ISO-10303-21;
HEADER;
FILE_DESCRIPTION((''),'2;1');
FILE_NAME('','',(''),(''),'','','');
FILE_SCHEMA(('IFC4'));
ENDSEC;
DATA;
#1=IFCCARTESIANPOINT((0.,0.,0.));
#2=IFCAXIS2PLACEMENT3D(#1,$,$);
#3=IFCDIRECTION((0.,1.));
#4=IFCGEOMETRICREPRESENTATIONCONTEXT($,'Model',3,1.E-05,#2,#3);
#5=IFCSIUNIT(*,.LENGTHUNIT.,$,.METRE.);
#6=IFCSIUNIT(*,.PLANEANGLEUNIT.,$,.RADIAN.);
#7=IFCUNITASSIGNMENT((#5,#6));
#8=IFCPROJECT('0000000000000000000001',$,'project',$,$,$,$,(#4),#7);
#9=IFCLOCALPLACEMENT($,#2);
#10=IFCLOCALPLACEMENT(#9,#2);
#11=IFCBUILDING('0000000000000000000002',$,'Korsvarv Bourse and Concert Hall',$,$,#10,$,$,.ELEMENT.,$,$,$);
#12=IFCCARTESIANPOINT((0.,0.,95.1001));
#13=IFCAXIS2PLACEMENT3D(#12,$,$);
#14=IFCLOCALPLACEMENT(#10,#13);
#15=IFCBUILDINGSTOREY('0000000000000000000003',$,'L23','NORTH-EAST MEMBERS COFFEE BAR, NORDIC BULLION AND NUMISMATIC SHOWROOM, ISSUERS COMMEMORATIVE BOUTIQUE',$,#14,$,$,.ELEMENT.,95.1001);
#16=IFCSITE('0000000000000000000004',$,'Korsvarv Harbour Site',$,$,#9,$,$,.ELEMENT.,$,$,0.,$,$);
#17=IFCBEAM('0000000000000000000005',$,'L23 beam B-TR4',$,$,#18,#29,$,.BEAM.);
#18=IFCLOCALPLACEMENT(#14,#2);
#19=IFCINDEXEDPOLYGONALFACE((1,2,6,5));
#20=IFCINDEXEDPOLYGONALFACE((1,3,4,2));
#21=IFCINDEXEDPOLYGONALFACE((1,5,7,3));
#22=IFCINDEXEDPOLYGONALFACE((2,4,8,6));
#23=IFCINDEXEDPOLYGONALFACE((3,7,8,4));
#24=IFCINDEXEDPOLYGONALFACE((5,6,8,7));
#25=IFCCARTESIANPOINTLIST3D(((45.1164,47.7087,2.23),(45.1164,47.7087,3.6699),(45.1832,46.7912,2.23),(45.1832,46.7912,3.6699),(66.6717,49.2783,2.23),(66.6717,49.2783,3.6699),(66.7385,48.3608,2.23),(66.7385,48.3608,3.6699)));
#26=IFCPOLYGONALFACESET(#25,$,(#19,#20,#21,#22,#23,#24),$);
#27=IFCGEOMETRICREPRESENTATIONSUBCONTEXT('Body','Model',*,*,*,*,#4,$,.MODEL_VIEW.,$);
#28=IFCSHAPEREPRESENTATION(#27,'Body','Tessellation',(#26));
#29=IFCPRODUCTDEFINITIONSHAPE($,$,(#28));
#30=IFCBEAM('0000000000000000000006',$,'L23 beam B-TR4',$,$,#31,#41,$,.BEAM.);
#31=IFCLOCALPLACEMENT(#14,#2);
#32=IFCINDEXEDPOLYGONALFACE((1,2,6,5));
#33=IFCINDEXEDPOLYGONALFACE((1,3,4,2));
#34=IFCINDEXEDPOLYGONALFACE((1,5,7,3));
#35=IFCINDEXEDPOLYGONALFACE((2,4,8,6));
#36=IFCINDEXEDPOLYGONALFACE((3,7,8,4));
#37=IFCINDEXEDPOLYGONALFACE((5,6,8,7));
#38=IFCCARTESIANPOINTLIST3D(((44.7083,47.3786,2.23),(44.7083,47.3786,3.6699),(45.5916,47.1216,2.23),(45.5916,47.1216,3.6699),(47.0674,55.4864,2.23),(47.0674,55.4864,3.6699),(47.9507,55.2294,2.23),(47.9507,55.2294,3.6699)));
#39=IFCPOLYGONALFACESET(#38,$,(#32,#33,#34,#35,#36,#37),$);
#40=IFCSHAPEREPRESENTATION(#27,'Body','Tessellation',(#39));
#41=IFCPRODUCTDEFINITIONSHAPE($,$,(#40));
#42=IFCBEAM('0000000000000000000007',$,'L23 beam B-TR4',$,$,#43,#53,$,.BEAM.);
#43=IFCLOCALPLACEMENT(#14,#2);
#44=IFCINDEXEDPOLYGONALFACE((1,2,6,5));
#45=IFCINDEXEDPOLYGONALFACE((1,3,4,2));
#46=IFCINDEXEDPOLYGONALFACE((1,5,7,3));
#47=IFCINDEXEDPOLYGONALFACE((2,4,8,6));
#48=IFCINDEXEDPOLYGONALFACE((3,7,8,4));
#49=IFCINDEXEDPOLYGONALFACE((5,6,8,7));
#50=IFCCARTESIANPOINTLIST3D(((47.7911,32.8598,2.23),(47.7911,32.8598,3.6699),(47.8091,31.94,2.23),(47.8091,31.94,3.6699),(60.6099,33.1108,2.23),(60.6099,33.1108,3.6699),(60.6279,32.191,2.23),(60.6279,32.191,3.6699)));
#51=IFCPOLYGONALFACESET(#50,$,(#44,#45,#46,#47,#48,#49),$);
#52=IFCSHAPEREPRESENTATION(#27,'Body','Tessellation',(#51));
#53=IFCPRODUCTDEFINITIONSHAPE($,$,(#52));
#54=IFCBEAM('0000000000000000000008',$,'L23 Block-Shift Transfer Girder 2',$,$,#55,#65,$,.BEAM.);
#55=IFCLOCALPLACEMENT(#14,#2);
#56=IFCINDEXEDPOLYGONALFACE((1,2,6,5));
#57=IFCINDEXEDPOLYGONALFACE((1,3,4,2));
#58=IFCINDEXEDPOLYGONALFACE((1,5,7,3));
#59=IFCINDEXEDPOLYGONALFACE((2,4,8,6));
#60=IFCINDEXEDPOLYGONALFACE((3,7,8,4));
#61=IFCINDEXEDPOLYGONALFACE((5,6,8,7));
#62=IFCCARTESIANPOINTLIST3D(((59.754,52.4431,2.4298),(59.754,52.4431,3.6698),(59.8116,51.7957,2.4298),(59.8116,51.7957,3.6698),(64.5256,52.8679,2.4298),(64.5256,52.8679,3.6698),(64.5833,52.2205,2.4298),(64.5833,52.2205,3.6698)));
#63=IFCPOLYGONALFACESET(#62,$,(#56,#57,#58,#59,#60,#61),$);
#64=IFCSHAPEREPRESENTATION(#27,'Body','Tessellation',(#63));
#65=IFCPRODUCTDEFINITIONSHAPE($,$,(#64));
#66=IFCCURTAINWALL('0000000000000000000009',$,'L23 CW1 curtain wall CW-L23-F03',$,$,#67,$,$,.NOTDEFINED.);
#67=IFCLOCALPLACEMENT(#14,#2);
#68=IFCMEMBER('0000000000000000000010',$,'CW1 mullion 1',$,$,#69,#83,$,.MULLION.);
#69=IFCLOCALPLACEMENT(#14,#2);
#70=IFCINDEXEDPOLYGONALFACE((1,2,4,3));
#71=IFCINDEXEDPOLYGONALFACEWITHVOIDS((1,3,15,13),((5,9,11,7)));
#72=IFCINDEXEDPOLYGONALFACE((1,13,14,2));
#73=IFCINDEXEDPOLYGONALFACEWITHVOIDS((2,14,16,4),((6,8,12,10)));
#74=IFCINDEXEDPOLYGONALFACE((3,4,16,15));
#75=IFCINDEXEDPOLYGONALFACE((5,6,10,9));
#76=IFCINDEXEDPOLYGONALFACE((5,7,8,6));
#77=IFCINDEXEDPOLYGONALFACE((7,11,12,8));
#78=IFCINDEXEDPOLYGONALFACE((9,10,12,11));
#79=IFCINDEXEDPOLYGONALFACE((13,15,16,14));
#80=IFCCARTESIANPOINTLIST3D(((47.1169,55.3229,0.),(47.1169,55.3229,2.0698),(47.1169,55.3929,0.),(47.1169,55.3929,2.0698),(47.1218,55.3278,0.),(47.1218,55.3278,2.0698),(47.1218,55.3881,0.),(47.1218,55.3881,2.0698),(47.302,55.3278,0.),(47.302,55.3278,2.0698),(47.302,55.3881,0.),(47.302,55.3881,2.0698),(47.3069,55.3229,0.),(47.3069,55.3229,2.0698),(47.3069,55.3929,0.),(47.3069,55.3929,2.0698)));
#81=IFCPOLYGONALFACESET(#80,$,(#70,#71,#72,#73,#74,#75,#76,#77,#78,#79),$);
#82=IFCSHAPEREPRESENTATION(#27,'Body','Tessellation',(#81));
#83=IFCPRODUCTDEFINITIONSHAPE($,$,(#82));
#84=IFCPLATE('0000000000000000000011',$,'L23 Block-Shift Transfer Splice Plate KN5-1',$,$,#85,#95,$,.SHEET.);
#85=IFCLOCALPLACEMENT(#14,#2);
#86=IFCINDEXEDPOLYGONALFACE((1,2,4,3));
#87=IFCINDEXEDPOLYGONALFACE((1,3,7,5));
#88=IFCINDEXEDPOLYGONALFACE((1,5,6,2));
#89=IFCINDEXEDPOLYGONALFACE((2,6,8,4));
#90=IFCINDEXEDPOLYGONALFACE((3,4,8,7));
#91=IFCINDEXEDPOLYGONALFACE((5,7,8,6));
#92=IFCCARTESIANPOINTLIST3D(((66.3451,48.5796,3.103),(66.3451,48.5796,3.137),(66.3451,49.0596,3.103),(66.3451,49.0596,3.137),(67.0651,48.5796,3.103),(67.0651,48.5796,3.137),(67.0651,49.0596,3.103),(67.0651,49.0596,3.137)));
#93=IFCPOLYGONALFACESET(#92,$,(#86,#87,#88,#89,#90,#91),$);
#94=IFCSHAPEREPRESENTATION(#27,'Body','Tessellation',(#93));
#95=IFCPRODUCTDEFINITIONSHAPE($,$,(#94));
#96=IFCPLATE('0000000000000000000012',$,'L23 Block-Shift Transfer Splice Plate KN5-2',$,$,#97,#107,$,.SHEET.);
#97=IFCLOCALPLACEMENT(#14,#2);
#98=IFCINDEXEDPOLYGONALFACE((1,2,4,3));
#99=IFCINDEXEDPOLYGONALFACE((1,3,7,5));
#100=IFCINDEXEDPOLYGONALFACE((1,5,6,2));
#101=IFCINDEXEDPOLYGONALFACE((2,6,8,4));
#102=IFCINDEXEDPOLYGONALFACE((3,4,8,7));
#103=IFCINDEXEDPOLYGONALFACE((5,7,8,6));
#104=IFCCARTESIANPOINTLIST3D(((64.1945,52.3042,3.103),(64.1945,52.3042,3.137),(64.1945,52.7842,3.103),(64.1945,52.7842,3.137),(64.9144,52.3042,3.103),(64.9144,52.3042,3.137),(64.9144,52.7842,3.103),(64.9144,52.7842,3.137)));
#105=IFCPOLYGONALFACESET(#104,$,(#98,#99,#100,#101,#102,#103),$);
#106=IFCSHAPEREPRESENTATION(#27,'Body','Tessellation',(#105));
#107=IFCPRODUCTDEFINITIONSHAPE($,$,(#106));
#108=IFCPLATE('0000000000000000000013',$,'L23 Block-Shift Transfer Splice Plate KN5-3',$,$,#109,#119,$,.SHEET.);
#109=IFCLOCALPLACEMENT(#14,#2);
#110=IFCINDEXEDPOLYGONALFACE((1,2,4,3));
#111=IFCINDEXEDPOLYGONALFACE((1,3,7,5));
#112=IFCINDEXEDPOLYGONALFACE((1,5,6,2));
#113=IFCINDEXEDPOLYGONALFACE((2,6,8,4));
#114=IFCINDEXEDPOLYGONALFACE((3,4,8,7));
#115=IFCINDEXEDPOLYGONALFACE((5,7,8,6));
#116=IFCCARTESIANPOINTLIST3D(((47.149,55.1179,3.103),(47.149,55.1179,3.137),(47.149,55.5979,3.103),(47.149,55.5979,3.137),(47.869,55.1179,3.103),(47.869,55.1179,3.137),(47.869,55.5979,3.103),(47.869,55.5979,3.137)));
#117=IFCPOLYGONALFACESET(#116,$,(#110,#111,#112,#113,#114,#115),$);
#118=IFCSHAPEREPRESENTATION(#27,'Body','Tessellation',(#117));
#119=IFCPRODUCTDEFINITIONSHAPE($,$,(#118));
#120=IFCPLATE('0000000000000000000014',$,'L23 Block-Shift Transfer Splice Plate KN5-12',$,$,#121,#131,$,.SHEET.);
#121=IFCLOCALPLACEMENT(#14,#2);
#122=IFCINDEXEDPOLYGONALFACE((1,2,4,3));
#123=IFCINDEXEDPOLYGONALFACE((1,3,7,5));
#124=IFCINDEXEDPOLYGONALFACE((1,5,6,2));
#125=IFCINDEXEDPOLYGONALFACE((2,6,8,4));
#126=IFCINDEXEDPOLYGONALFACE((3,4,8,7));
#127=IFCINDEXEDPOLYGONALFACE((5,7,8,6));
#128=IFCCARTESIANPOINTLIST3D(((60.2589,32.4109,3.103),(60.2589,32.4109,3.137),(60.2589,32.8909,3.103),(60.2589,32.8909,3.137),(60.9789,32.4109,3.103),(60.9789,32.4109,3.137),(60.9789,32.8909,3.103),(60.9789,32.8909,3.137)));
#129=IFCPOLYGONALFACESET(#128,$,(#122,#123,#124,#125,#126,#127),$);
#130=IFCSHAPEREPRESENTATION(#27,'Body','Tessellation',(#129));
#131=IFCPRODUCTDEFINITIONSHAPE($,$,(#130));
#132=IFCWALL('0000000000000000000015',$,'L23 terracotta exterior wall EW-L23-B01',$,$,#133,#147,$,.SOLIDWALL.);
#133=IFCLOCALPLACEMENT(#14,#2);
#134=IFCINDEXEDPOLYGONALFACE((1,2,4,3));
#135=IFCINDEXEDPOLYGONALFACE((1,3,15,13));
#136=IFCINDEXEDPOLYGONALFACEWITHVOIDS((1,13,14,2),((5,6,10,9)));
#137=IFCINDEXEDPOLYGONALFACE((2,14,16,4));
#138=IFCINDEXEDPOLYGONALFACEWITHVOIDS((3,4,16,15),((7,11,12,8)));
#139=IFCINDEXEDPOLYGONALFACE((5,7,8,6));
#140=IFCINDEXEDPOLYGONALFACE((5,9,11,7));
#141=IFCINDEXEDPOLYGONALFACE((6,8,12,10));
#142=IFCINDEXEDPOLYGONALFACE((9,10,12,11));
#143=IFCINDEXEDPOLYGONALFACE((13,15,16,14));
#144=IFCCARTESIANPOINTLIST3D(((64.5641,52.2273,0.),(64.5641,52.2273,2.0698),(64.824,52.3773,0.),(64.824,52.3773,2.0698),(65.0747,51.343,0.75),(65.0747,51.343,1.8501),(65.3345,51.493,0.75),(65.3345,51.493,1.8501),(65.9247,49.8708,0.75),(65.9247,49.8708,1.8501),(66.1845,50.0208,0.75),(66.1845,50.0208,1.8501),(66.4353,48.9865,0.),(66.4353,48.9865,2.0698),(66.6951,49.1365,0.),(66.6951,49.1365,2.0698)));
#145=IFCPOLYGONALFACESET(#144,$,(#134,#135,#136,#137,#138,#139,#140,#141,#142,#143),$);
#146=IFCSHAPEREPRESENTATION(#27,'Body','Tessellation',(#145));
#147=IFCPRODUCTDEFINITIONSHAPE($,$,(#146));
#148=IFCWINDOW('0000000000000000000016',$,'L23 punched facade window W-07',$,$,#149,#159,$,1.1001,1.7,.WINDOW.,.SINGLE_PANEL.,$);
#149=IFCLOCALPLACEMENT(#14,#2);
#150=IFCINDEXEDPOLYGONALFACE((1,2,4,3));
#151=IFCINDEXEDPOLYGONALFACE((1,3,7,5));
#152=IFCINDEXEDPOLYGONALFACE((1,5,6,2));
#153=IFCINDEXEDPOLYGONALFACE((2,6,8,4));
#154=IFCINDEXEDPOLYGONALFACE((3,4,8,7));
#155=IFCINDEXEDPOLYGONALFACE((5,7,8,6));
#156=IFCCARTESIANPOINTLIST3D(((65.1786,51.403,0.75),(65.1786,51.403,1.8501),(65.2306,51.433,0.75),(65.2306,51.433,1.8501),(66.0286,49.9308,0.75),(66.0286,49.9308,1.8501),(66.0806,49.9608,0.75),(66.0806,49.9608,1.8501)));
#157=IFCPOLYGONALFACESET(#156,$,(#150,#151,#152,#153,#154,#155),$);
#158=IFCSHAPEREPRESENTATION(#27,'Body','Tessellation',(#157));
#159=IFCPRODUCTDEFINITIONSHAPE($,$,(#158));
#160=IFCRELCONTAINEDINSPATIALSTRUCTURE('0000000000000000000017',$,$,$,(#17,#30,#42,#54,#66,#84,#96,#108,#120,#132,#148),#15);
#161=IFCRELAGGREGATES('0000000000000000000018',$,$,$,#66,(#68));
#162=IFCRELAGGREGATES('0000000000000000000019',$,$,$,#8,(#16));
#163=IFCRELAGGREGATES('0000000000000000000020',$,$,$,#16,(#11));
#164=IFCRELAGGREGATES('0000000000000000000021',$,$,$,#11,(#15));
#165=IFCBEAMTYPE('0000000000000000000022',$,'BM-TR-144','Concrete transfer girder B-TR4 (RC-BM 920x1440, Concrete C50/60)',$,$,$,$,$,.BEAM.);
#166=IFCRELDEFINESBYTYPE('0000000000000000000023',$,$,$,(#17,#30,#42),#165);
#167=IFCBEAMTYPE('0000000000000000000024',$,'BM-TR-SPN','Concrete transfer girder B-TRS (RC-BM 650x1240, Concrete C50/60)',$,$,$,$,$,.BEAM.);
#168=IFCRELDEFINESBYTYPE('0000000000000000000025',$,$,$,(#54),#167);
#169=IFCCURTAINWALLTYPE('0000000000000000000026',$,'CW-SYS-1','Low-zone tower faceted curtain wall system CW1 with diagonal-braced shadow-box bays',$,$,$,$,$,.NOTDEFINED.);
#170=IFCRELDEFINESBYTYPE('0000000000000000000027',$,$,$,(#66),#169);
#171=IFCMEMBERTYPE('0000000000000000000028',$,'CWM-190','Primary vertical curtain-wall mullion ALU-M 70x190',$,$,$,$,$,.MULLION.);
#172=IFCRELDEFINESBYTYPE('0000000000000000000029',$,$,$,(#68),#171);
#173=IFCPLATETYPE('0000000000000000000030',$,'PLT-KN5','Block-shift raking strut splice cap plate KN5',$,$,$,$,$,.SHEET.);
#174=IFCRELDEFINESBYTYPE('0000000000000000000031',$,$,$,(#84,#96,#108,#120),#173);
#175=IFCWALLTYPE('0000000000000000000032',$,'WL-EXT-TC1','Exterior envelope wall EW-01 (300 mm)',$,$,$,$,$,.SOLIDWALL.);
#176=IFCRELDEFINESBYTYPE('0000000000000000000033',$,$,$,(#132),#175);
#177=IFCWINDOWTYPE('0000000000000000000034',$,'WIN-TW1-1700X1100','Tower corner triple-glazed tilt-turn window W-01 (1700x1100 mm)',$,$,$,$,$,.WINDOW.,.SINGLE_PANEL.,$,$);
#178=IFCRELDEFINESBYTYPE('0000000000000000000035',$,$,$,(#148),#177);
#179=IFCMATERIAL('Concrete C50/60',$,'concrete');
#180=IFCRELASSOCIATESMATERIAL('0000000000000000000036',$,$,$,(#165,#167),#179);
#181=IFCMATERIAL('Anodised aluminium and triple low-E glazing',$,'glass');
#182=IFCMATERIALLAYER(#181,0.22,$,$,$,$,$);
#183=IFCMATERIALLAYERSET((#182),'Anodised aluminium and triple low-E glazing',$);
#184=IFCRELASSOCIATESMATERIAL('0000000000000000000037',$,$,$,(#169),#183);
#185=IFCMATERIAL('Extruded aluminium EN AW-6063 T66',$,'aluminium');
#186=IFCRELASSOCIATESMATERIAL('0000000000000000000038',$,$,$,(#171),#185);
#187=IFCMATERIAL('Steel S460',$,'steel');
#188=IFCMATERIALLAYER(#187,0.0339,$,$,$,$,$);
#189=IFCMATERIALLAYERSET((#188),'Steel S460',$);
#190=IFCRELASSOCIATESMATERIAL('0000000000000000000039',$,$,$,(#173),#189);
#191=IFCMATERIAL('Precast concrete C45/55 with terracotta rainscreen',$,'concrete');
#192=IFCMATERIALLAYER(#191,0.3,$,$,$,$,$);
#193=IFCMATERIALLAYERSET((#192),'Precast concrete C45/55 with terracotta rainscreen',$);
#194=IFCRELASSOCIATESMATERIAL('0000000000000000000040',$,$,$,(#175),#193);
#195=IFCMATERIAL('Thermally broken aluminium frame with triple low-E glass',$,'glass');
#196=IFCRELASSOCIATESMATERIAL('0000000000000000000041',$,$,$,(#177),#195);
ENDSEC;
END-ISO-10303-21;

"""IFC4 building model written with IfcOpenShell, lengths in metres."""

from ifc_helpers import new_model, si_unit, direction, frame, frame_2d, origin, origin_2d, place, context, subcontext, project, spatial, rectangle, hollow_rectangle, extrude, source, transform, mapped, material, layer, layer_set, material_profile, profile_set, type_object, element, fill, aggregate, save


model = new_model("IFC4")

# Units and contexts
model_context = context("Model", 3, precision=1e-05, world=origin(), true_north=direction((0.0, 1.0)))
body_context = subcontext(model_context, "Body", "Model", "MODEL_VIEW")
ifc_project = project(units=[si_unit("LENGTHUNIT", "METRE"), si_unit("PLANEANGLEUNIT", "RADIAN")], contexts=[model_context])

# Site, building, storey
site_placement = place(None, origin())
site = spatial("IfcSite", under=ifc_project, at=site_placement, Name="Korsvarv Harbour Site", CompositionType="ELEMENT", RefElevation=0.0)
building_placement = place(site_placement, origin())
building = spatial("IfcBuilding", under=site, at=building_placement, Name="Korsvarv Bourse and Concert Hall", CompositionType="ELEMENT")
storey_placement = place(building_placement, frame((0.0, 0.0, 95.1001)))
storey = spatial("IfcBuildingStorey", under=building, at=storey_placement, Name="L23", Description="NORTH-EAST MEMBERS COFFEE BAR, NORDIC BULLION AND NUMISMATIC SHOWROOM, ISSUERS COMMEMORATIVE BOUTIQUE", CompositionType="ELEMENT", Elevation=95.1001)

# Shared definitions
ifc_material_1 = material(Name="Steel S460", Category="steel")

# Beams
ifc_material_2 = material(Name="Concrete C50/60", Category="concrete")
ifc_material_profile_1 = material_profile(ifc_material_2, rectangle(XDim=0.9199, YDim=1.4399, at=origin_2d()), Name="RC-BM 920x1440")
ifc_profile_set_1 = profile_set([ifc_material_profile_1], Name="Concrete C50/60")
beam_type_1 = type_object("IfcBeamType", Name="BM-TR-144", Description="Concrete transfer girder B-TR4 (RC-BM 920x1440, Concrete C50/60)", PredefinedType="BEAM", material=ifc_profile_set_1)
shared_shape_1 = source(origin(), body_context, "Body", "SweptSolid", [
    extrude(rectangle(XDim=0.9199, YDim=1.4399, at=origin_2d()), origin(), (0.0, 0.0, 1.0), 21.6123),
])
beam_1_placement = place(storey_placement, frame((66.7051, 48.8196, 2.95), z_axis=(-0.997359, -0.072625, 0.0), x_axis=(0.072625, -0.997359, 0.0)))
element("IfcBeam", 1, at=beam_1_placement, inside=storey, type_object=beam_type_1, Name="L23 beam B-TR4", PredefinedType="BEAM", context=body_context, shape_type="MappedRepresentation", body=[
    mapped(shared_shape_1, transform((0.0, 0.0, 0.0), scale=1.0)),
])
shared_shape_2 = source(origin(), body_context, "Body", "SweptSolid", [
    extrude(rectangle(XDim=0.9199, YDim=1.4399, at=origin_2d()), origin(), (0.0, 0.0, 1.0), 8.4441),
])
beam_2_placement = place(storey_placement, frame((47.509, 55.3579, 2.95), z_axis=(-0.27938, -0.96018, 0.0), x_axis=(0.96018, -0.27938, 0.0)))
element("IfcBeam", 2, at=beam_2_placement, inside=storey, type_object=beam_type_1, Name="L23 beam B-TR4", PredefinedType="BEAM", context=body_context, shape_type="MappedRepresentation", body=[
    mapped(shared_shape_2, transform((0.0, 0.0, 0.0), scale=1.0)),
])
shared_shape_3 = source(origin(), body_context, "Body", "SweptSolid", [
    extrude(rectangle(XDim=0.9199, YDim=1.4399, at=origin_2d()), origin(), (0.0, 0.0, 1.0), 12.8213),
])
beam_3_placement = place(storey_placement, frame((60.6189, 32.6509, 2.95), z_axis=(-0.999808, -0.019575, 0.0), x_axis=(0.019575, -0.999808, 0.0)))
element("IfcBeam", 3, at=beam_3_placement, inside=storey, type_object=beam_type_1, Name="L23 beam B-TR4", PredefinedType="BEAM", context=body_context, shape_type="MappedRepresentation", body=[
    mapped(shared_shape_3, transform((0.0, 0.0, 0.0), scale=1.0)),
])
ifc_material_profile_2 = material_profile(ifc_material_2, rectangle(XDim=0.6499, YDim=1.24, at=origin_2d()), Name="RC-BM 650x1240")
ifc_profile_set_2 = profile_set([ifc_material_profile_2], Name="Concrete C50/60")
beam_type_2 = type_object("IfcBeamType", Name="BM-TR-SPN", Description="Concrete transfer girder B-TRS (RC-BM 650x1240, Concrete C50/60)", PredefinedType="BEAM", material=ifc_profile_set_2)
shared_shape_4 = source(origin(), body_context, "Body", "SweptSolid", [
    extrude(rectangle(XDim=0.6499, YDim=1.24, at=origin_2d()), origin(), (0.0, 0.0, 1.0), 4.7905),
])
beam_4_placement = place(storey_placement, frame((64.5544, 52.5442, 3.0498), z_axis=(-0.996061, -0.088675, 0.0), x_axis=(0.088675, -0.996061, 0.0)))
element("IfcBeam", 4, at=beam_4_placement, inside=storey, type_object=beam_type_2, Name="L23 Block-Shift Transfer Girder 2", PredefinedType="BEAM", context=body_context, shape_type="MappedRepresentation", body=[
    mapped(shared_shape_4, transform((0.0, 0.0, 0.0), scale=1.0)),
])

# Curtain wall, member
ifc_material_3 = material(Name="Anodised aluminium and triple low-E glazing", Category="glass")
ifc_layer_1 = layer(ifc_material_3, 0.22)
ifc_layer_set_1 = layer_set([ifc_layer_1], Name="Anodised aluminium and triple low-E glazing")
curtain_wall_type = type_object("IfcCurtainWallType", Name="CW-SYS-1", Description="Low-zone tower faceted curtain wall system CW1 with diagonal-braced shadow-box bays", PredefinedType="NOTDEFINED", material=ifc_layer_set_1)
curtain_wall_placement = place(storey_placement, origin())
curtain_wall = element("IfcCurtainWall", 5, at=curtain_wall_placement, inside=storey, type_object=curtain_wall_type, Name="L23 CW1 curtain wall CW-L23-F03", PredefinedType="NOTDEFINED")
ifc_material_4 = material(Name="Extruded aluminium EN AW-6063 T66", Category="aluminium")
ifc_material_profile_3 = material_profile(ifc_material_4, hollow_rectangle(XDim=0.0701, YDim=0.1899, WallThickness=0.0049, at=origin_2d()), Name="ALU-M 70x190")
ifc_profile_set_3 = profile_set([ifc_material_profile_3], Name="Extruded aluminium EN AW-6063 T66")
member_type = type_object("IfcMemberType", Name="CWM-190", Description="Primary vertical curtain-wall mullion ALU-M 70x190", PredefinedType="MULLION", material=ifc_profile_set_3)
shared_shape_5 = source(origin(), body_context, "Body", "SweptSolid", [
    extrude(hollow_rectangle(XDim=0.0701, YDim=0.1899, WallThickness=0.0049, at=origin_2d()), origin(), (0.0, 0.0, 1.0), 2.0698),
])
member_placement = place(storey_placement, frame((47.2119, 55.3579, 0.0), z_axis=(0.0, 0.0, 1.0), x_axis=(0.0, -1.0, 0.0)))
member = element("IfcMember", 6, at=member_placement, type_object=member_type, Name="CW1 mullion 1", PredefinedType="MULLION", context=body_context, shape_type="MappedRepresentation", body=[
    mapped(shared_shape_5, transform((0.0, 0.0, 0.0), scale=1.0)),
])
aggregate(curtain_wall, [member])

# Plates
ifc_layer_2 = layer(ifc_material_1, 0.0339)
ifc_layer_set_2 = layer_set([ifc_layer_2], Name="Steel S460")
plate_type = type_object("IfcPlateType", Name="PLT-KN5", Description="Block-shift raking strut splice cap plate KN5", PredefinedType="SHEET", material=ifc_layer_set_2)
shared_shape_6 = source(origin(), body_context, "Body", "SweptSolid", [
    extrude(rectangle(XDim=0.72, YDim=0.48, at=origin_2d()), origin(), (0.0, 0.0, 1.0), 0.0339),
])
for number, where, z_axis, x_axis, name in (
    (7, (66.7051, 48.8196, 3.103), (0.0, 0.0, 1.0), (1.0, 0.0, 0.0), "L23 Block-Shift Transfer Splice Plate KN5-1"),
    (8, (64.5544, 52.5442, 3.103), (0.0, 0.0, 1.0), (1.0, 0.0, 0.0), "L23 Block-Shift Transfer Splice Plate KN5-2"),
    (9, (47.509, 55.3579, 3.103), (0.0, 0.0, 1.0), (1.0, 0.0, 0.0), "L23 Block-Shift Transfer Splice Plate KN5-3"),
    (10, (60.6189, 32.6509, 3.103), (0.0, 0.0, 1.0), (1.0, 0.0, 0.0), "L23 Block-Shift Transfer Splice Plate KN5-12"),
):
    element("IfcPlate", number, at=place(storey_placement, frame(where, z_axis=z_axis, x_axis=x_axis)), inside=storey, type_object=plate_type, Name=name, PredefinedType="SHEET", context=body_context, shape_type="MappedRepresentation", body=[
        mapped(shared_shape_6, transform((0.0, 0.0, 0.0), scale=1.0)),
    ])

# Wall, opening, window
ifc_material_5 = material(Name="Precast concrete C45/55 with terracotta rainscreen", Category="concrete")
ifc_layer_3 = layer(ifc_material_5, 0.3)
ifc_layer_set_3 = layer_set([ifc_layer_3], Name="Precast concrete C45/55 with terracotta rainscreen")
wall_type_1 = type_object("IfcWallType", Name="WL-EXT-TC1", Description="Exterior envelope wall EW-01 (300 mm)", PredefinedType="SOLIDWALL", material=ifc_layer_set_3)
wall_1_placement = place(storey_placement, frame((66.5652, 49.0615, 0.0), z_axis=(0.0, 0.0, 1.0), x_axis=(-0.500012, 0.866018, 0.0)))
wall_1 = element("IfcWall", 11, at=wall_1_placement, inside=storey, type_object=wall_type_1, Name="L23 terracotta exterior wall EW-L23-B01", PredefinedType="SOLIDWALL", context=body_context, shape_type="SweptSolid", body=[
    extrude(rectangle(XDim=3.7422, YDim=0.3, at=frame_2d((1.8711, 0.0))), origin(), (0.0, 0.0, 1.0), 2.0698),
])
opening_1_placement = place(wall_1_placement, frame((1.021, 0.0, 0.75)))
opening_1 = element("IfcOpeningElement", 12, at=opening_1_placement, cuts=wall_1, PredefinedType="OPENING", context=body_context, shape_type="SweptSolid", body=[
    extrude(rectangle(XDim=1.7, YDim=1.1001, at=frame_2d((0.8501, 0.55))), frame((0.0, 0.1602, 0.0), z_axis=(0.0, -1.0, 0.0), x_axis=(1.0, 0.0, 0.0)), (0.0, 0.0, 1.0), 0.3201),
])
ifc_material_6 = material(Name="Thermally broken aluminium frame with triple low-E glass", Category="glass")
window_type = type_object("IfcWindowType", Name="WIN-TW1-1700X1100", Description="Tower corner triple-glazed tilt-turn window W-01 (1700x1100 mm)", PartitioningType="SINGLE_PANEL", PredefinedType="WINDOW", material=ifc_material_6)
window_1_placement = place(opening_1_placement, origin())
window_1 = element("IfcWindow", 13, at=window_1_placement, inside=storey, type_object=window_type, Name="L23 punched facade window W-07", OverallHeight=1.1001, OverallWidth=1.7, PartitioningType="SINGLE_PANEL", PredefinedType="WINDOW", context=body_context, shape_type="SweptSolid", body=[
    extrude(rectangle(XDim=1.7, YDim=1.1001, at=frame_2d((0.8501, 0.55))), frame((0.0, 0.03, 0.0), z_axis=(0.0, -1.0, 0.0), x_axis=(1.0, 0.0, 0.0)), (0.0, 0.0, 1.0), 0.0601),
])
fill(opening_1, window_1)

save(model, "model.ifc")
